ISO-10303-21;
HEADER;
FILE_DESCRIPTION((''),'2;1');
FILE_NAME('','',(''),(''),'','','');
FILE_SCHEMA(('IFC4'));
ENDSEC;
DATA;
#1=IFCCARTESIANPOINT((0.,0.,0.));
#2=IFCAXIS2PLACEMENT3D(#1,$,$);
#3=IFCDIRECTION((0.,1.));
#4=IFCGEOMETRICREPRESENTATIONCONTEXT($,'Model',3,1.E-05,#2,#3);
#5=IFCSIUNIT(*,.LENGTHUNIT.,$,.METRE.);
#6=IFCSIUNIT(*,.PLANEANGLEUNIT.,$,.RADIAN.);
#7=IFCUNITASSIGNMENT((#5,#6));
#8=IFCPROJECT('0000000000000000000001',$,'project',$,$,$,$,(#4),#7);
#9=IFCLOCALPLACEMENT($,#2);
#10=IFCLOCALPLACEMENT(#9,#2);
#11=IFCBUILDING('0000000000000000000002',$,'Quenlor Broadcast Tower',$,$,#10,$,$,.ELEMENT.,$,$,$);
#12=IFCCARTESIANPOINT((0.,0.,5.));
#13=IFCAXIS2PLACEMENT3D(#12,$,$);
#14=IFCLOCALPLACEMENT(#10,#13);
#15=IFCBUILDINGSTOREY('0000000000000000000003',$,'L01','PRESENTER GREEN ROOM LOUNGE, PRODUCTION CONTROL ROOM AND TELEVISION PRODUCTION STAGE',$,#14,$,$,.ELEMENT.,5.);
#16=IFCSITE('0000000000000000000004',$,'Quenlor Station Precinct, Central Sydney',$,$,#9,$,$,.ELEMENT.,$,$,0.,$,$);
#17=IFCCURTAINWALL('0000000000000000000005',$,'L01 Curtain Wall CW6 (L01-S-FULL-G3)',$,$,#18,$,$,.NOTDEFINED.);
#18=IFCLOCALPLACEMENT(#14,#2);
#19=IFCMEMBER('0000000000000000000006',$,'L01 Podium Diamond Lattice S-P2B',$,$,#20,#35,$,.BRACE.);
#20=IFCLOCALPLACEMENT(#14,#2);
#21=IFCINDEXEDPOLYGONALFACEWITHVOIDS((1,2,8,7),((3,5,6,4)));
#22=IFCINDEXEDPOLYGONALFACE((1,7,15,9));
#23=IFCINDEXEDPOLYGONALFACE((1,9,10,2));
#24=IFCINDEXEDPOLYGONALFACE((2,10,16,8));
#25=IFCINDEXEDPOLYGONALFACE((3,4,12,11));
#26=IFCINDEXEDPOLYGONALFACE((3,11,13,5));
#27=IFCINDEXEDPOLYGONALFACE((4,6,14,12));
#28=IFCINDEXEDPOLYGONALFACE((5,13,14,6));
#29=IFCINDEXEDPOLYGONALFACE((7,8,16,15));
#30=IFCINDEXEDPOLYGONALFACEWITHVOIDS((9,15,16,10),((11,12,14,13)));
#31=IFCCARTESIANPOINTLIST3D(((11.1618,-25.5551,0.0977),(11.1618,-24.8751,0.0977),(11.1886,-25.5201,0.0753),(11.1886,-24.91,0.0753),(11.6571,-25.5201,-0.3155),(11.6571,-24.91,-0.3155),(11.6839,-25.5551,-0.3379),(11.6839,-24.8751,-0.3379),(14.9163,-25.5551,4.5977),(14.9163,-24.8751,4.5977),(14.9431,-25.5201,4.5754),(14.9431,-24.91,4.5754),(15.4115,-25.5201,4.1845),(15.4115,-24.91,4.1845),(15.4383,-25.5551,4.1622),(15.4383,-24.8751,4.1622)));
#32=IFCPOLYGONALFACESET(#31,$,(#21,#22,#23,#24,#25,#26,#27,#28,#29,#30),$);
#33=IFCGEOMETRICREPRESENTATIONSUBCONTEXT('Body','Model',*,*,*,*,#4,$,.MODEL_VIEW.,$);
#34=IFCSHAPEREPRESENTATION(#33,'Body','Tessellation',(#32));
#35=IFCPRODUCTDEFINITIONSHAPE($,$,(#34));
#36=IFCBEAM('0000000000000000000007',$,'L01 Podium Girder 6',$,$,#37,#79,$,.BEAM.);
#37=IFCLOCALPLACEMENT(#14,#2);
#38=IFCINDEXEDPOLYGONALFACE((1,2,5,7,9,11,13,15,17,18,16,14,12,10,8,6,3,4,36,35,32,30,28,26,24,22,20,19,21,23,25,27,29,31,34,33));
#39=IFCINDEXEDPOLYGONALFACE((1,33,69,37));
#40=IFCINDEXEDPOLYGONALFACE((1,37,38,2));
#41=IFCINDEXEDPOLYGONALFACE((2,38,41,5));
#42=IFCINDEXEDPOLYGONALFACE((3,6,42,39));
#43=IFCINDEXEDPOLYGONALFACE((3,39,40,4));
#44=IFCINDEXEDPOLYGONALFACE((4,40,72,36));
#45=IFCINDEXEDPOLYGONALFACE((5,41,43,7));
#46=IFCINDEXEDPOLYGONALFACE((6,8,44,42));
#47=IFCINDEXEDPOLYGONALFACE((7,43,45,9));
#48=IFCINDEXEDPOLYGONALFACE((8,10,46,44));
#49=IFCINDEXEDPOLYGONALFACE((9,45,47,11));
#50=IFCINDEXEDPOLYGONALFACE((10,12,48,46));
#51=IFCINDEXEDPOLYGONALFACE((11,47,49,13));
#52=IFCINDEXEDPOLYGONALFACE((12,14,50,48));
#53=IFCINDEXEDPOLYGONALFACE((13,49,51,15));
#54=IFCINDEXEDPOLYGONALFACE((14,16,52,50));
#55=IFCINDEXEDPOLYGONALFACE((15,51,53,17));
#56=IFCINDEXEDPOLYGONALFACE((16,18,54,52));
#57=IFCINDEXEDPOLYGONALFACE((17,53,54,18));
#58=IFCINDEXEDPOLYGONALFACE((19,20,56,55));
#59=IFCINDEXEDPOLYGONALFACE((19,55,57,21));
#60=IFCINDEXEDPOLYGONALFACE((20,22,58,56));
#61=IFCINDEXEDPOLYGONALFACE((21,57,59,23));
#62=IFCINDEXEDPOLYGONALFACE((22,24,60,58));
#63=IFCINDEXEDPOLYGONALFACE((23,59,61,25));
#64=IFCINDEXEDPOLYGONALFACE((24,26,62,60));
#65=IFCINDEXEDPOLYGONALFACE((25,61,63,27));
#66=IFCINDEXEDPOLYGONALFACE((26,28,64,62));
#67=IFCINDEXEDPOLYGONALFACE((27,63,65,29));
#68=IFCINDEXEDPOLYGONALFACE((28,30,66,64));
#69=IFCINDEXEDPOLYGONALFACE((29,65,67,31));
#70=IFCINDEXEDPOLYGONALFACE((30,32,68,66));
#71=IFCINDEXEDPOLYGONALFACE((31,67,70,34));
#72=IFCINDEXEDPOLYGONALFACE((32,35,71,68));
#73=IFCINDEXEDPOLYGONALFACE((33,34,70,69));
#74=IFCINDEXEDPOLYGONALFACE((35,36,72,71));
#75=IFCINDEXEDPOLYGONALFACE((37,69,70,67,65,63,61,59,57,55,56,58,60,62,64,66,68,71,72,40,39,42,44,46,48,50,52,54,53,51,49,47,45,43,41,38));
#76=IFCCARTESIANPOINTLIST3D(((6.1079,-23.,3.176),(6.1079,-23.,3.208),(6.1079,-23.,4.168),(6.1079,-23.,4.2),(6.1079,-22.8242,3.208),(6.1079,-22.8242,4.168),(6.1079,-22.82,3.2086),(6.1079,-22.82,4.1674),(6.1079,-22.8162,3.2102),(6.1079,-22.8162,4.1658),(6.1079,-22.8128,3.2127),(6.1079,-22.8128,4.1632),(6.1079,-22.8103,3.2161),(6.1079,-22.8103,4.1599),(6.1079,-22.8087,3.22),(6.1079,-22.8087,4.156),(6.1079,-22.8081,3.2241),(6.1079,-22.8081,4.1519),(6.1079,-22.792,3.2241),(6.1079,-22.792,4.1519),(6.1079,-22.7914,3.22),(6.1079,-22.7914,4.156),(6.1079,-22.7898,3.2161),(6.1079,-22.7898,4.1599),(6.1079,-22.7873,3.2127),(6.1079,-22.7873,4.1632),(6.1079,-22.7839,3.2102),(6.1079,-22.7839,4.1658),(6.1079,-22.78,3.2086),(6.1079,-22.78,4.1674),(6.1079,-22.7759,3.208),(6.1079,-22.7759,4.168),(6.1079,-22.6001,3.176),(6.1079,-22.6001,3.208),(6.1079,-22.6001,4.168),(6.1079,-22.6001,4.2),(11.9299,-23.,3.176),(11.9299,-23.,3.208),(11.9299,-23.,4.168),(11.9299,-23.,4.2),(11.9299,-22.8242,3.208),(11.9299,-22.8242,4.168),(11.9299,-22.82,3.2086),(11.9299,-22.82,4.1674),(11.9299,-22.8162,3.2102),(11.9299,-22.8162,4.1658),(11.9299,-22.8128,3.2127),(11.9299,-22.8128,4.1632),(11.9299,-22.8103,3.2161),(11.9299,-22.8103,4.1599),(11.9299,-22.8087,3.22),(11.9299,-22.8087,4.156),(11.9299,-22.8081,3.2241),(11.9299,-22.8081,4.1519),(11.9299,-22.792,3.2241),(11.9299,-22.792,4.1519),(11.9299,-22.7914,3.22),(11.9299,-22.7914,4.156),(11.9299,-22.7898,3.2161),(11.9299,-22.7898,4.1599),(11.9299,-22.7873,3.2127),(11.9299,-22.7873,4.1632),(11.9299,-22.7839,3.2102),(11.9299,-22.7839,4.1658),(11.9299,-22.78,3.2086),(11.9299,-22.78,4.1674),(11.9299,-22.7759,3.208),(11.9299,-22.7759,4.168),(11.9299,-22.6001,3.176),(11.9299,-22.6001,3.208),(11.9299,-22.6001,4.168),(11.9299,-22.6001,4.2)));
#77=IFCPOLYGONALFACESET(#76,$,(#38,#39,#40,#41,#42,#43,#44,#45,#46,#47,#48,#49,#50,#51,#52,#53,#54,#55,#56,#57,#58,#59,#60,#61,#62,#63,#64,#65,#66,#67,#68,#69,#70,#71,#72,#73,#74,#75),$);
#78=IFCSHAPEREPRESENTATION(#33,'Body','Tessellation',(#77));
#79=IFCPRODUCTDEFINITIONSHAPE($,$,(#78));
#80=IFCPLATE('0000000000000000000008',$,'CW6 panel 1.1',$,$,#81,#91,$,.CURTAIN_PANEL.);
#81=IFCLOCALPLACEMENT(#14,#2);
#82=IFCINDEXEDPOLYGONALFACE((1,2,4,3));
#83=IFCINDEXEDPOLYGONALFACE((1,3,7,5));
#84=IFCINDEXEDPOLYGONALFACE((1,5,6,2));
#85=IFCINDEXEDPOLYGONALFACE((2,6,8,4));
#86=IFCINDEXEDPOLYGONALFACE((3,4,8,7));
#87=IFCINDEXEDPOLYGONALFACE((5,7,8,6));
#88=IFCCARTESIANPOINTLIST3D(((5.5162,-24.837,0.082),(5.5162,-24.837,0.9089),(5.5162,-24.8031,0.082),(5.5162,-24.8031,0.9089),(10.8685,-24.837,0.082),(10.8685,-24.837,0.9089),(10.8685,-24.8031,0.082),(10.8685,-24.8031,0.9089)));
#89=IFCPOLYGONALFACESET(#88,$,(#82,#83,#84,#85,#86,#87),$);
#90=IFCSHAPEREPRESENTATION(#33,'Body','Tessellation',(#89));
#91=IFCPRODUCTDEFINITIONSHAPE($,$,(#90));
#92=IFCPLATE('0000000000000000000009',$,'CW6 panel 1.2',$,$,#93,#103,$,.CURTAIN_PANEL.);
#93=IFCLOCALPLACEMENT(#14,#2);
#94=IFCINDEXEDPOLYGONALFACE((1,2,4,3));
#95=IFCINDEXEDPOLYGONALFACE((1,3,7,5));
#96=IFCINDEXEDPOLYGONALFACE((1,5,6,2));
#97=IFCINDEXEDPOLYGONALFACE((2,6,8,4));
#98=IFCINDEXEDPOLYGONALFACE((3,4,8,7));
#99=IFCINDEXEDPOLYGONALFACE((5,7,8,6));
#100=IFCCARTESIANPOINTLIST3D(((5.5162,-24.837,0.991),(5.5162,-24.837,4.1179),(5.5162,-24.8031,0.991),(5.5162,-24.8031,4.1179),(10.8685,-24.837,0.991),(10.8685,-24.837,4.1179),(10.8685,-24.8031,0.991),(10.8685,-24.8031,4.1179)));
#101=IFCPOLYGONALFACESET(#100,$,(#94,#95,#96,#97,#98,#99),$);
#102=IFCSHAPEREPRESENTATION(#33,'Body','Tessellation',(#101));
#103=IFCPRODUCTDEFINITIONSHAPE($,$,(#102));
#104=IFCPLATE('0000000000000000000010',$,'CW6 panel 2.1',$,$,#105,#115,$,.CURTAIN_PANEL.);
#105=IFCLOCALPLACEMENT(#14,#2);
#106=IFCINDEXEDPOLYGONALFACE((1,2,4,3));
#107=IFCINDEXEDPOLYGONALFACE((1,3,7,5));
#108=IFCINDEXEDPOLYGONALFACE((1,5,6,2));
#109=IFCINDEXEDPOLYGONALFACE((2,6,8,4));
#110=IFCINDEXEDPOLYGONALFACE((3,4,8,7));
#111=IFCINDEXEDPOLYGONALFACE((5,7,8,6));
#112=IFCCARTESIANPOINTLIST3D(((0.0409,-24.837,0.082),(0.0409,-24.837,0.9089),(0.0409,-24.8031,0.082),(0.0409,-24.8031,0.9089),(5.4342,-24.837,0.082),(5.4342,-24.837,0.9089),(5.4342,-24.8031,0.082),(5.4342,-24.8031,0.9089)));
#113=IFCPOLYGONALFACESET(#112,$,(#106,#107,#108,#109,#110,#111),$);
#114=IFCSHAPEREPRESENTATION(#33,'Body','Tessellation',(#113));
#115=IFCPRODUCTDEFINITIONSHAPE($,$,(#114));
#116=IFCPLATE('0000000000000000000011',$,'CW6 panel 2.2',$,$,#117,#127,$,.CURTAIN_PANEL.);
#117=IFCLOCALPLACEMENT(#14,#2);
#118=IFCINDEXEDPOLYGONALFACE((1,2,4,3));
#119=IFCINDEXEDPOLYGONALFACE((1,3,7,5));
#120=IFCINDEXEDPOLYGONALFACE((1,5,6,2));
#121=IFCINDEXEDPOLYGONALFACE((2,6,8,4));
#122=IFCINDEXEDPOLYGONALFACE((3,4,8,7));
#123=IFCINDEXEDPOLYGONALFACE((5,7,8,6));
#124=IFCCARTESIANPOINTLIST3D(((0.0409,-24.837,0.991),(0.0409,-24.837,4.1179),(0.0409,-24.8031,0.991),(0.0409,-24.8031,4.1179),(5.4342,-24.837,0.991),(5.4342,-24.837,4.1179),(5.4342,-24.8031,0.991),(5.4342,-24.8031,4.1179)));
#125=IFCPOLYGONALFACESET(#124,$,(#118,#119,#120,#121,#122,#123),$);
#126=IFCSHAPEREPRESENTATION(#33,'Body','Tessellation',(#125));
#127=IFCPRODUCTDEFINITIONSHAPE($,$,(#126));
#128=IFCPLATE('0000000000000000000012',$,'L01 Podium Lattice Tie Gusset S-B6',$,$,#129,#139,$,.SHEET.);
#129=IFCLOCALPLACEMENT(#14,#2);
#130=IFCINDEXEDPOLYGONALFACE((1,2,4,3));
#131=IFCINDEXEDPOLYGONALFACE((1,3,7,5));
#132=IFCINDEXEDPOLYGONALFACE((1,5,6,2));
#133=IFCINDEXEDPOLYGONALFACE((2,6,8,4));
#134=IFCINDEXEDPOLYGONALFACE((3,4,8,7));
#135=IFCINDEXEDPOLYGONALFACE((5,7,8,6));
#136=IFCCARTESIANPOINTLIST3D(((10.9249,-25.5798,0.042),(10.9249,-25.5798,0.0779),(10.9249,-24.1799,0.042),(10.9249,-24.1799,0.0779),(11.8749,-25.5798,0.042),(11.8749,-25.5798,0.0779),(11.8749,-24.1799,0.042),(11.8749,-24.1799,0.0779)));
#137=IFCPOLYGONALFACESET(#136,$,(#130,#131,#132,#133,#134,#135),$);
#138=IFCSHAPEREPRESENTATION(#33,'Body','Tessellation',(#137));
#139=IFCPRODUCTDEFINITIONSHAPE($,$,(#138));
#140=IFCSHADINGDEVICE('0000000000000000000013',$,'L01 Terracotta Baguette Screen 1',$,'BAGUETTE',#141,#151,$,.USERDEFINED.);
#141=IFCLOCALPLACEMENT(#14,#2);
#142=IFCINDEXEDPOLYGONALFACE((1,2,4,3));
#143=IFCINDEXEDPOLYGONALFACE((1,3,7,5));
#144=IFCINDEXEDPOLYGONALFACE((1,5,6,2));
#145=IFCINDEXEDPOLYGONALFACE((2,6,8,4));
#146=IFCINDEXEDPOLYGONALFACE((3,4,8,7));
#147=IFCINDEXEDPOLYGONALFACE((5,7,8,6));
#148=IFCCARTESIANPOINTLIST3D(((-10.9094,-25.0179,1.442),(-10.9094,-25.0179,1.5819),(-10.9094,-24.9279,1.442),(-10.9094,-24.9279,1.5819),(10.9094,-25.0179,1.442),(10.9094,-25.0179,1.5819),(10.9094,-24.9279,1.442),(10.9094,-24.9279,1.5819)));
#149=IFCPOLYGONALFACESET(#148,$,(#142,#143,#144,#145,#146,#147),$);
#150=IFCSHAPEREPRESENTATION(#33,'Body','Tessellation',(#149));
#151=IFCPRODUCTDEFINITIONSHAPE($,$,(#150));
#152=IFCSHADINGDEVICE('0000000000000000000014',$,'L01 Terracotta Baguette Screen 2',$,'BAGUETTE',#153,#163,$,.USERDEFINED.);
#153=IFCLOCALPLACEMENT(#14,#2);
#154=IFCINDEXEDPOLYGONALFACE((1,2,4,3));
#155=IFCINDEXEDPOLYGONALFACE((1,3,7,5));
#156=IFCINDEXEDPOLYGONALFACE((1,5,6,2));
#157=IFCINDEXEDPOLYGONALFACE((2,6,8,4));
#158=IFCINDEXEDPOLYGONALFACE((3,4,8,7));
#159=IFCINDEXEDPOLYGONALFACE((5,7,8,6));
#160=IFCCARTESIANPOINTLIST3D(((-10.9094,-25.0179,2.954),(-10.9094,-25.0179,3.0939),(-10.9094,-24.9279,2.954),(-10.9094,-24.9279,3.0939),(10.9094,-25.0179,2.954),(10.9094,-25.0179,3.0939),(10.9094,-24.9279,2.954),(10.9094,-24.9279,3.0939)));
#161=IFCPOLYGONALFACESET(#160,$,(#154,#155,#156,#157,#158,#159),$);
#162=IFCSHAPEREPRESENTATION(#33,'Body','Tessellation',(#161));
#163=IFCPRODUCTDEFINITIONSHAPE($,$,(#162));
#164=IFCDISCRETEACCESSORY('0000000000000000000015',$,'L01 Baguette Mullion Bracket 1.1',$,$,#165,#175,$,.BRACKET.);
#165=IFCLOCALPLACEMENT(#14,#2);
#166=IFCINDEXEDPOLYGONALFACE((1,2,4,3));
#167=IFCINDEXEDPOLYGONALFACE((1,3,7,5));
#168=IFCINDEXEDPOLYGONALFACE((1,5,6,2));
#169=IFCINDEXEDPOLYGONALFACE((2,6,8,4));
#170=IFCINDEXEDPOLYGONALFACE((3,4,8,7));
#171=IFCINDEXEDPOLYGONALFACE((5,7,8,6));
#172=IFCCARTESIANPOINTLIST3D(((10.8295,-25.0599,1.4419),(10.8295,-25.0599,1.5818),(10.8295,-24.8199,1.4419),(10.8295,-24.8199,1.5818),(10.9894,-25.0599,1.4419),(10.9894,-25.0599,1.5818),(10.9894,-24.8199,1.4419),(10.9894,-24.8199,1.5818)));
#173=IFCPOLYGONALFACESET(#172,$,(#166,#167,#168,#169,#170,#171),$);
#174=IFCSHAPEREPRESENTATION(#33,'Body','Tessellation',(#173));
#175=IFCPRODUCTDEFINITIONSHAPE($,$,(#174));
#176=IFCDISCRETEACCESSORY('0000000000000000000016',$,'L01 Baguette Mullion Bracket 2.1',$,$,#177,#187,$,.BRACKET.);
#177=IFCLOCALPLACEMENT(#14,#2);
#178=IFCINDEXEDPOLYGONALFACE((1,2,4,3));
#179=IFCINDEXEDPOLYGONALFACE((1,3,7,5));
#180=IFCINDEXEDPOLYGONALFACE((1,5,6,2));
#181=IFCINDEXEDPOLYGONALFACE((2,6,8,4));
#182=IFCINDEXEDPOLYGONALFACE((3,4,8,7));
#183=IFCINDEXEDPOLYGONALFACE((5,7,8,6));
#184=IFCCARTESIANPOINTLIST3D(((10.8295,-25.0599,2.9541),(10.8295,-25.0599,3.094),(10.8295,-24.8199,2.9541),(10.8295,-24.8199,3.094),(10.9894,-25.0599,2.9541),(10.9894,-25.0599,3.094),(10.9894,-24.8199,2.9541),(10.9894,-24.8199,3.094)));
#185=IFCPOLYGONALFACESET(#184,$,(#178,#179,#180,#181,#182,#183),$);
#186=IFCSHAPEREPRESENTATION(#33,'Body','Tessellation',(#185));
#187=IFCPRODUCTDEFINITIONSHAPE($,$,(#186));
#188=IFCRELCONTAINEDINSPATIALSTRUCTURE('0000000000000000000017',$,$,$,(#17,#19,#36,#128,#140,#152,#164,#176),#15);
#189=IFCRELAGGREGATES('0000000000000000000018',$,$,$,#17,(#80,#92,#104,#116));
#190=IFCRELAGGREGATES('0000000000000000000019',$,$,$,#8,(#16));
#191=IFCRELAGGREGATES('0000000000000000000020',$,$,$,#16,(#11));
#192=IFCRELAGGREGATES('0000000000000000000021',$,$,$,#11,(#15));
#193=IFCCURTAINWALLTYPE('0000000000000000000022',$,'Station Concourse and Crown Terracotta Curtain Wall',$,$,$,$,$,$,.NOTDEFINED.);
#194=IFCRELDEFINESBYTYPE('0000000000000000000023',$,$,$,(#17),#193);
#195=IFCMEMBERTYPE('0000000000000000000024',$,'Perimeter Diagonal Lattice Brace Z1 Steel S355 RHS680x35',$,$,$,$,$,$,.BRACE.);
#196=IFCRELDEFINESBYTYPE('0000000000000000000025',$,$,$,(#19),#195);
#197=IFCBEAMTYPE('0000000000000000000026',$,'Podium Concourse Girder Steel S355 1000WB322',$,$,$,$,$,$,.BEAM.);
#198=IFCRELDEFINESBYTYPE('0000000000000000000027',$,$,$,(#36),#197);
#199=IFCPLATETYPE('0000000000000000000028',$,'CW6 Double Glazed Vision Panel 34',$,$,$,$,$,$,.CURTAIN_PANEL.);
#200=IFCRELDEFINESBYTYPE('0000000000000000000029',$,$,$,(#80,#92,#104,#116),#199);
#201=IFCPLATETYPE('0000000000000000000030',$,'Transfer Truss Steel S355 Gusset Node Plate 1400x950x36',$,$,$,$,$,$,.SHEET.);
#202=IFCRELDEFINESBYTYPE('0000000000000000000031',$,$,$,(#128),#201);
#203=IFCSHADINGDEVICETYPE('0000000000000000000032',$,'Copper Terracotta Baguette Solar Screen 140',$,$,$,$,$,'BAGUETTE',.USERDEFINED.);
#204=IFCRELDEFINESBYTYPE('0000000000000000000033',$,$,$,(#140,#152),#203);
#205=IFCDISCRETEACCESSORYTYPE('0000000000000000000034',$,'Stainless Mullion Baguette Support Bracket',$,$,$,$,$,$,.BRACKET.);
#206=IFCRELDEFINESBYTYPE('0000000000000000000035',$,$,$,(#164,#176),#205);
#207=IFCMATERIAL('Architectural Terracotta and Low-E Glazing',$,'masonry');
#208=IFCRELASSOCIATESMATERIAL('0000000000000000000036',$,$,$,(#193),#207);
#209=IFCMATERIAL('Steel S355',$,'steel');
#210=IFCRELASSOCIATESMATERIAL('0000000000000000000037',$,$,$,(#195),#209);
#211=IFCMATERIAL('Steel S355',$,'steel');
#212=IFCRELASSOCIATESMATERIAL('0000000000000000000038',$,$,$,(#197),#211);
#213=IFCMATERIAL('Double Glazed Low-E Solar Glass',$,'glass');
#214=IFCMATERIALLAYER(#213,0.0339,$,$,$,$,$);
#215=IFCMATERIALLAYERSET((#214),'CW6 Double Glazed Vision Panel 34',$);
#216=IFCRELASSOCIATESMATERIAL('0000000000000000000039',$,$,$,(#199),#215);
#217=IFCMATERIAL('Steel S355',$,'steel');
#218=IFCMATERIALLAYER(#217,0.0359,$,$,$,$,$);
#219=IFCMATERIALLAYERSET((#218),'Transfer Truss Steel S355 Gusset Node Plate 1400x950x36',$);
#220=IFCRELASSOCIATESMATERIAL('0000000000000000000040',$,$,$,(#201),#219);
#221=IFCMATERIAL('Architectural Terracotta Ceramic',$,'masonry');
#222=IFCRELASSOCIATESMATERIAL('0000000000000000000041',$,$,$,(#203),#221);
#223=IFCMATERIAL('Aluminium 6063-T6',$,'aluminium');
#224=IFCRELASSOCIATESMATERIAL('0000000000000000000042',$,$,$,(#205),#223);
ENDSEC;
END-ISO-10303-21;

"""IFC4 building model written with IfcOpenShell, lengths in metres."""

from ifc_helpers import new_model, si_unit, direction, frame, origin, origin_2d, place, context, subcontext, project, spatial, rectangle, hollow_rectangle, i_section, extrude, material, layer, layer_set, material_profile, profile_set, type_object, element, aggregate, save


model = new_model("IFC4")

# Units and contexts
model_context = context("Model", 3, precision=1e-05, world=origin(), true_north=direction((0.0, 1.0)))
body_context = subcontext(model_context, "Body", "Model", "MODEL_VIEW")
ifc_project = project(units=[si_unit("LENGTHUNIT", "METRE"), si_unit("PLANEANGLEUNIT", "RADIAN")], contexts=[model_context])

# Site, building, storey
site_placement = place(None, origin())
site = spatial("IfcSite", under=ifc_project, at=site_placement, Name="Quenlor Station Precinct, Central Sydney", CompositionType="ELEMENT", RefElevation=0.0)
building_placement = place(site_placement, origin())
building = spatial("IfcBuilding", under=site, at=building_placement, Name="Quenlor Broadcast Tower", CompositionType="ELEMENT")
storey_placement = place(building_placement, frame((0.0, 0.0, 5.0)))
storey = spatial("IfcBuildingStorey", under=building, at=storey_placement, Name="L01", Description="PRESENTER GREEN ROOM LOUNGE, PRODUCTION CONTROL ROOM AND TELEVISION PRODUCTION STAGE", CompositionType="ELEMENT", Elevation=5.0)

# Curtain wall
ifc_material_1 = material(Name="Architectural Terracotta and Low-E Glazing", Category="masonry")
curtain_wall_type = type_object("IfcCurtainWallType", Name="Station Concourse and Crown Terracotta Curtain Wall", PredefinedType="NOTDEFINED", material=ifc_material_1)
curtain_wall_placement = place(storey_placement, origin())
curtain_wall = element("IfcCurtainWall", 1, at=curtain_wall_placement, inside=storey, type_object=curtain_wall_type, Name="L01 Curtain Wall CW6 (L01-S-FULL-G3)", PredefinedType="NOTDEFINED")

# Member
ifc_material_2 = material(Name="Steel S355", Category="steel")
ifc_material_profile_1 = material_profile(ifc_material_2, hollow_rectangle(XDim=0.6799, YDim=0.6799, WallThickness=0.0349, at=origin_2d()))
ifc_profile_set_1 = profile_set([ifc_material_profile_1], Name="Steel S355 RHS680x680x35")
member_type_1 = type_object("IfcMemberType", Name="Perimeter Diagonal Lattice Brace Z1 Steel S355 RHS680x35", PredefinedType="BRACE", material=ifc_profile_set_1)
member_1_placement = place(storey_placement, frame((11.4229, -25.2151, -0.1201), z_axis=(0.640627, 0.0, 0.767852), x_axis=(0.0, 1.0, 0.0)))
element("IfcMember", 2, at=member_1_placement, inside=storey, type_object=member_type_1, Name="L01 Podium Diamond Lattice S-P2B", PredefinedType="BRACE", context=body_context, shape_type="SweptSolid", body=[
    extrude(hollow_rectangle(XDim=0.6799, YDim=0.6799, WallThickness=0.0349, at=origin_2d()), origin(), (0.0, 0.0, 1.0), 5.8606),
])

# Beam
ifc_material_3 = material(Name="Steel S355", Category="steel")
ifc_material_profile_2 = material_profile(ifc_material_3, i_section(OverallWidth=0.3999, OverallDepth=1.0239, WebThickness=0.0161, FlangeThickness=0.032, FilletRadius=0.0161, at=origin_2d()))
ifc_profile_set_2 = profile_set([ifc_material_profile_2], Name="Steel S355 1000WB322")
beam_type = type_object("IfcBeamType", Name="Podium Concourse Girder Steel S355 1000WB322", PredefinedType="BEAM", material=ifc_profile_set_2)
beam_placement = place(storey_placement, frame((6.1079, -22.8, 3.688), z_axis=(1.0, 0.0, 0.0), x_axis=(0.0, 1.0, 0.0)))
element("IfcBeam", 3, at=beam_placement, inside=storey, type_object=beam_type, Name="L01 Podium Girder 6", PredefinedType="BEAM", context=body_context, shape_type="SweptSolid", body=[
    extrude(i_section(OverallWidth=0.3999, OverallDepth=1.0239, WebThickness=0.0161, FlangeThickness=0.032, FilletRadius=0.0161, at=origin_2d()), origin(), (0.0, 0.0, 1.0), 5.822),
])

# Plates
ifc_material_4 = material(Name="Double Glazed Low-E Solar Glass", Category="glass")
ifc_layer_1 = layer(ifc_material_4, 0.0339)
ifc_layer_set_1 = layer_set([ifc_layer_1], Name="CW6 Double Glazed Vision Panel 34")
plate_type_1 = type_object("IfcPlateType", Name="CW6 Double Glazed Vision Panel 34", PredefinedType="CURTAIN_PANEL", material=ifc_layer_set_1)
plate_1_placement = place(storey_placement, frame((8.1924, -24.8201, 0.082), z_axis=(0.0, 0.0, 1.0), x_axis=(-1.0, 0.0, 0.0)))
plate_1 = element("IfcPlate", 4, at=plate_1_placement, type_object=plate_type_1, Name="CW6 panel 1.1", PredefinedType="CURTAIN_PANEL", context=body_context, shape_type="SweptSolid", body=[
    extrude(rectangle(XDim=5.3523, YDim=0.0339, at=origin_2d()), origin(), (0.0, 0.0, 1.0), 0.8269),
])
plate_2_placement = place(storey_placement, frame((8.1924, -24.8201, 0.991), z_axis=(0.0, 0.0, 1.0), x_axis=(-1.0, 0.0, 0.0)))
plate_2 = element("IfcPlate", 5, at=plate_2_placement, type_object=plate_type_1, Name="CW6 panel 1.2", PredefinedType="CURTAIN_PANEL", context=body_context, shape_type="SweptSolid", body=[
    extrude(rectangle(XDim=5.3523, YDim=0.0339, at=origin_2d()), origin(), (0.0, 0.0, 1.0), 3.127),
])
plate_3_placement = place(storey_placement, frame((2.7375, -24.8201, 0.082), z_axis=(0.0, 0.0, 1.0), x_axis=(-1.0, 0.0, 0.0)))
plate_3 = element("IfcPlate", 6, at=plate_3_placement, type_object=plate_type_1, Name="CW6 panel 2.1", PredefinedType="CURTAIN_PANEL", context=body_context, shape_type="SweptSolid", body=[
    extrude(rectangle(XDim=5.3933, YDim=0.0339, at=origin_2d()), origin(), (0.0, 0.0, 1.0), 0.8269),
])
plate_4_placement = place(storey_placement, frame((2.7375, -24.8201, 0.991), z_axis=(0.0, 0.0, 1.0), x_axis=(-1.0, 0.0, 0.0)))
plate_4 = element("IfcPlate", 7, at=plate_4_placement, type_object=plate_type_1, Name="CW6 panel 2.2", PredefinedType="CURTAIN_PANEL", context=body_context, shape_type="SweptSolid", body=[
    extrude(rectangle(XDim=5.3933, YDim=0.0339, at=origin_2d()), origin(), (0.0, 0.0, 1.0), 3.127),
])
aggregate(curtain_wall, [plate_1, plate_2, plate_3, plate_4])
ifc_material_5 = material(Name="Steel S355", Category="steel")
ifc_layer_2 = layer(ifc_material_5, 0.0359)
ifc_layer_set_2 = layer_set([ifc_layer_2], Name="Transfer Truss Steel S355 Gusset Node Plate 1400x950x36")
plate_type_2 = type_object("IfcPlateType", Name="Transfer Truss Steel S355 Gusset Node Plate 1400x950x36", PredefinedType="SHEET", material=ifc_layer_set_2)
plate_5_placement = place(storey_placement, frame((11.3999, -24.8799, 0.042), z_axis=(0.0, 0.0, 1.0), x_axis=(0.0, -1.0, 0.0)))
element("IfcPlate", 8, at=plate_5_placement, inside=storey, type_object=plate_type_2, Name="L01 Podium Lattice Tie Gusset S-B6", PredefinedType="SHEET", context=body_context, shape_type="SweptSolid", body=[
    extrude(rectangle(XDim=1.3999, YDim=0.95, at=origin_2d()), origin(), (0.0, 0.0, 1.0), 0.0359),
])

# Shading devices
ifc_material_6 = material(Name="Architectural Terracotta Ceramic", Category="masonry")
ifc_material_profile_3 = material_profile(ifc_material_6, rectangle(XDim=0.0901, YDim=0.1399, at=origin_2d()))
ifc_profile_set_3 = profile_set([ifc_material_profile_3], Name="Architectural Terracotta Ceramic BAG90x140")
shading_device_type = type_object("IfcShadingDeviceType", Name="Copper Terracotta Baguette Solar Screen 140", ElementType="BAGUETTE", PredefinedType="USERDEFINED", material=ifc_profile_set_3)
for number, where, z_axis, x_axis, name in (
    (9, (10.9094, -24.9729, 1.512), (-1.0, 0.0, 0.0), (0.0, -1.0, 0.0), "L01 Terracotta Baguette Screen 1"),
    (10, (10.9094, -24.9729, 3.0239), (-1.0, 0.0, 0.0), (0.0, -1.0, 0.0), "L01 Terracotta Baguette Screen 2"),
):
    element("IfcShadingDevice", number, at=place(storey_placement, frame(where, z_axis=z_axis, x_axis=x_axis)), inside=storey, type_object=shading_device_type, Name=name, ObjectType="BAGUETTE", PredefinedType="USERDEFINED", context=body_context, shape_type="SweptSolid", body=[
        extrude(rectangle(XDim=0.0901, YDim=0.1399, at=origin_2d()), origin(), (0.0, 0.0, 1.0), 21.8188),
    ])

# Discrete accessories
ifc_material_7 = material(Name="Aluminium 6063-T6", Category="aluminium")
discrete_accessory_type = type_object("IfcDiscreteAccessoryType", Name="Stainless Mullion Baguette Support Bracket", PredefinedType="BRACKET", material=ifc_material_7)
for number, where, z_axis, x_axis, name in (
    (11, (10.9094, -24.9399, 1.4419), (0.0, 0.0, 1.0), (-1.0, 0.0, 0.0), "L01 Baguette Mullion Bracket 1.1"),
    (12, (10.9094, -24.9399, 2.9541), (0.0, 0.0, 1.0), (-1.0, 0.0, 0.0), "L01 Baguette Mullion Bracket 2.1"),
):
    element("IfcDiscreteAccessory", number, at=place(storey_placement, frame(where, z_axis=z_axis, x_axis=x_axis)), inside=storey, type_object=discrete_accessory_type, Name=name, PredefinedType="BRACKET", context=body_context, shape_type="SweptSolid", body=[
        extrude(rectangle(XDim=0.1599, YDim=0.24, at=origin_2d()), origin(), (0.0, 0.0, 1.0), 0.1399),
    ])

save(model, "model.ifc")
